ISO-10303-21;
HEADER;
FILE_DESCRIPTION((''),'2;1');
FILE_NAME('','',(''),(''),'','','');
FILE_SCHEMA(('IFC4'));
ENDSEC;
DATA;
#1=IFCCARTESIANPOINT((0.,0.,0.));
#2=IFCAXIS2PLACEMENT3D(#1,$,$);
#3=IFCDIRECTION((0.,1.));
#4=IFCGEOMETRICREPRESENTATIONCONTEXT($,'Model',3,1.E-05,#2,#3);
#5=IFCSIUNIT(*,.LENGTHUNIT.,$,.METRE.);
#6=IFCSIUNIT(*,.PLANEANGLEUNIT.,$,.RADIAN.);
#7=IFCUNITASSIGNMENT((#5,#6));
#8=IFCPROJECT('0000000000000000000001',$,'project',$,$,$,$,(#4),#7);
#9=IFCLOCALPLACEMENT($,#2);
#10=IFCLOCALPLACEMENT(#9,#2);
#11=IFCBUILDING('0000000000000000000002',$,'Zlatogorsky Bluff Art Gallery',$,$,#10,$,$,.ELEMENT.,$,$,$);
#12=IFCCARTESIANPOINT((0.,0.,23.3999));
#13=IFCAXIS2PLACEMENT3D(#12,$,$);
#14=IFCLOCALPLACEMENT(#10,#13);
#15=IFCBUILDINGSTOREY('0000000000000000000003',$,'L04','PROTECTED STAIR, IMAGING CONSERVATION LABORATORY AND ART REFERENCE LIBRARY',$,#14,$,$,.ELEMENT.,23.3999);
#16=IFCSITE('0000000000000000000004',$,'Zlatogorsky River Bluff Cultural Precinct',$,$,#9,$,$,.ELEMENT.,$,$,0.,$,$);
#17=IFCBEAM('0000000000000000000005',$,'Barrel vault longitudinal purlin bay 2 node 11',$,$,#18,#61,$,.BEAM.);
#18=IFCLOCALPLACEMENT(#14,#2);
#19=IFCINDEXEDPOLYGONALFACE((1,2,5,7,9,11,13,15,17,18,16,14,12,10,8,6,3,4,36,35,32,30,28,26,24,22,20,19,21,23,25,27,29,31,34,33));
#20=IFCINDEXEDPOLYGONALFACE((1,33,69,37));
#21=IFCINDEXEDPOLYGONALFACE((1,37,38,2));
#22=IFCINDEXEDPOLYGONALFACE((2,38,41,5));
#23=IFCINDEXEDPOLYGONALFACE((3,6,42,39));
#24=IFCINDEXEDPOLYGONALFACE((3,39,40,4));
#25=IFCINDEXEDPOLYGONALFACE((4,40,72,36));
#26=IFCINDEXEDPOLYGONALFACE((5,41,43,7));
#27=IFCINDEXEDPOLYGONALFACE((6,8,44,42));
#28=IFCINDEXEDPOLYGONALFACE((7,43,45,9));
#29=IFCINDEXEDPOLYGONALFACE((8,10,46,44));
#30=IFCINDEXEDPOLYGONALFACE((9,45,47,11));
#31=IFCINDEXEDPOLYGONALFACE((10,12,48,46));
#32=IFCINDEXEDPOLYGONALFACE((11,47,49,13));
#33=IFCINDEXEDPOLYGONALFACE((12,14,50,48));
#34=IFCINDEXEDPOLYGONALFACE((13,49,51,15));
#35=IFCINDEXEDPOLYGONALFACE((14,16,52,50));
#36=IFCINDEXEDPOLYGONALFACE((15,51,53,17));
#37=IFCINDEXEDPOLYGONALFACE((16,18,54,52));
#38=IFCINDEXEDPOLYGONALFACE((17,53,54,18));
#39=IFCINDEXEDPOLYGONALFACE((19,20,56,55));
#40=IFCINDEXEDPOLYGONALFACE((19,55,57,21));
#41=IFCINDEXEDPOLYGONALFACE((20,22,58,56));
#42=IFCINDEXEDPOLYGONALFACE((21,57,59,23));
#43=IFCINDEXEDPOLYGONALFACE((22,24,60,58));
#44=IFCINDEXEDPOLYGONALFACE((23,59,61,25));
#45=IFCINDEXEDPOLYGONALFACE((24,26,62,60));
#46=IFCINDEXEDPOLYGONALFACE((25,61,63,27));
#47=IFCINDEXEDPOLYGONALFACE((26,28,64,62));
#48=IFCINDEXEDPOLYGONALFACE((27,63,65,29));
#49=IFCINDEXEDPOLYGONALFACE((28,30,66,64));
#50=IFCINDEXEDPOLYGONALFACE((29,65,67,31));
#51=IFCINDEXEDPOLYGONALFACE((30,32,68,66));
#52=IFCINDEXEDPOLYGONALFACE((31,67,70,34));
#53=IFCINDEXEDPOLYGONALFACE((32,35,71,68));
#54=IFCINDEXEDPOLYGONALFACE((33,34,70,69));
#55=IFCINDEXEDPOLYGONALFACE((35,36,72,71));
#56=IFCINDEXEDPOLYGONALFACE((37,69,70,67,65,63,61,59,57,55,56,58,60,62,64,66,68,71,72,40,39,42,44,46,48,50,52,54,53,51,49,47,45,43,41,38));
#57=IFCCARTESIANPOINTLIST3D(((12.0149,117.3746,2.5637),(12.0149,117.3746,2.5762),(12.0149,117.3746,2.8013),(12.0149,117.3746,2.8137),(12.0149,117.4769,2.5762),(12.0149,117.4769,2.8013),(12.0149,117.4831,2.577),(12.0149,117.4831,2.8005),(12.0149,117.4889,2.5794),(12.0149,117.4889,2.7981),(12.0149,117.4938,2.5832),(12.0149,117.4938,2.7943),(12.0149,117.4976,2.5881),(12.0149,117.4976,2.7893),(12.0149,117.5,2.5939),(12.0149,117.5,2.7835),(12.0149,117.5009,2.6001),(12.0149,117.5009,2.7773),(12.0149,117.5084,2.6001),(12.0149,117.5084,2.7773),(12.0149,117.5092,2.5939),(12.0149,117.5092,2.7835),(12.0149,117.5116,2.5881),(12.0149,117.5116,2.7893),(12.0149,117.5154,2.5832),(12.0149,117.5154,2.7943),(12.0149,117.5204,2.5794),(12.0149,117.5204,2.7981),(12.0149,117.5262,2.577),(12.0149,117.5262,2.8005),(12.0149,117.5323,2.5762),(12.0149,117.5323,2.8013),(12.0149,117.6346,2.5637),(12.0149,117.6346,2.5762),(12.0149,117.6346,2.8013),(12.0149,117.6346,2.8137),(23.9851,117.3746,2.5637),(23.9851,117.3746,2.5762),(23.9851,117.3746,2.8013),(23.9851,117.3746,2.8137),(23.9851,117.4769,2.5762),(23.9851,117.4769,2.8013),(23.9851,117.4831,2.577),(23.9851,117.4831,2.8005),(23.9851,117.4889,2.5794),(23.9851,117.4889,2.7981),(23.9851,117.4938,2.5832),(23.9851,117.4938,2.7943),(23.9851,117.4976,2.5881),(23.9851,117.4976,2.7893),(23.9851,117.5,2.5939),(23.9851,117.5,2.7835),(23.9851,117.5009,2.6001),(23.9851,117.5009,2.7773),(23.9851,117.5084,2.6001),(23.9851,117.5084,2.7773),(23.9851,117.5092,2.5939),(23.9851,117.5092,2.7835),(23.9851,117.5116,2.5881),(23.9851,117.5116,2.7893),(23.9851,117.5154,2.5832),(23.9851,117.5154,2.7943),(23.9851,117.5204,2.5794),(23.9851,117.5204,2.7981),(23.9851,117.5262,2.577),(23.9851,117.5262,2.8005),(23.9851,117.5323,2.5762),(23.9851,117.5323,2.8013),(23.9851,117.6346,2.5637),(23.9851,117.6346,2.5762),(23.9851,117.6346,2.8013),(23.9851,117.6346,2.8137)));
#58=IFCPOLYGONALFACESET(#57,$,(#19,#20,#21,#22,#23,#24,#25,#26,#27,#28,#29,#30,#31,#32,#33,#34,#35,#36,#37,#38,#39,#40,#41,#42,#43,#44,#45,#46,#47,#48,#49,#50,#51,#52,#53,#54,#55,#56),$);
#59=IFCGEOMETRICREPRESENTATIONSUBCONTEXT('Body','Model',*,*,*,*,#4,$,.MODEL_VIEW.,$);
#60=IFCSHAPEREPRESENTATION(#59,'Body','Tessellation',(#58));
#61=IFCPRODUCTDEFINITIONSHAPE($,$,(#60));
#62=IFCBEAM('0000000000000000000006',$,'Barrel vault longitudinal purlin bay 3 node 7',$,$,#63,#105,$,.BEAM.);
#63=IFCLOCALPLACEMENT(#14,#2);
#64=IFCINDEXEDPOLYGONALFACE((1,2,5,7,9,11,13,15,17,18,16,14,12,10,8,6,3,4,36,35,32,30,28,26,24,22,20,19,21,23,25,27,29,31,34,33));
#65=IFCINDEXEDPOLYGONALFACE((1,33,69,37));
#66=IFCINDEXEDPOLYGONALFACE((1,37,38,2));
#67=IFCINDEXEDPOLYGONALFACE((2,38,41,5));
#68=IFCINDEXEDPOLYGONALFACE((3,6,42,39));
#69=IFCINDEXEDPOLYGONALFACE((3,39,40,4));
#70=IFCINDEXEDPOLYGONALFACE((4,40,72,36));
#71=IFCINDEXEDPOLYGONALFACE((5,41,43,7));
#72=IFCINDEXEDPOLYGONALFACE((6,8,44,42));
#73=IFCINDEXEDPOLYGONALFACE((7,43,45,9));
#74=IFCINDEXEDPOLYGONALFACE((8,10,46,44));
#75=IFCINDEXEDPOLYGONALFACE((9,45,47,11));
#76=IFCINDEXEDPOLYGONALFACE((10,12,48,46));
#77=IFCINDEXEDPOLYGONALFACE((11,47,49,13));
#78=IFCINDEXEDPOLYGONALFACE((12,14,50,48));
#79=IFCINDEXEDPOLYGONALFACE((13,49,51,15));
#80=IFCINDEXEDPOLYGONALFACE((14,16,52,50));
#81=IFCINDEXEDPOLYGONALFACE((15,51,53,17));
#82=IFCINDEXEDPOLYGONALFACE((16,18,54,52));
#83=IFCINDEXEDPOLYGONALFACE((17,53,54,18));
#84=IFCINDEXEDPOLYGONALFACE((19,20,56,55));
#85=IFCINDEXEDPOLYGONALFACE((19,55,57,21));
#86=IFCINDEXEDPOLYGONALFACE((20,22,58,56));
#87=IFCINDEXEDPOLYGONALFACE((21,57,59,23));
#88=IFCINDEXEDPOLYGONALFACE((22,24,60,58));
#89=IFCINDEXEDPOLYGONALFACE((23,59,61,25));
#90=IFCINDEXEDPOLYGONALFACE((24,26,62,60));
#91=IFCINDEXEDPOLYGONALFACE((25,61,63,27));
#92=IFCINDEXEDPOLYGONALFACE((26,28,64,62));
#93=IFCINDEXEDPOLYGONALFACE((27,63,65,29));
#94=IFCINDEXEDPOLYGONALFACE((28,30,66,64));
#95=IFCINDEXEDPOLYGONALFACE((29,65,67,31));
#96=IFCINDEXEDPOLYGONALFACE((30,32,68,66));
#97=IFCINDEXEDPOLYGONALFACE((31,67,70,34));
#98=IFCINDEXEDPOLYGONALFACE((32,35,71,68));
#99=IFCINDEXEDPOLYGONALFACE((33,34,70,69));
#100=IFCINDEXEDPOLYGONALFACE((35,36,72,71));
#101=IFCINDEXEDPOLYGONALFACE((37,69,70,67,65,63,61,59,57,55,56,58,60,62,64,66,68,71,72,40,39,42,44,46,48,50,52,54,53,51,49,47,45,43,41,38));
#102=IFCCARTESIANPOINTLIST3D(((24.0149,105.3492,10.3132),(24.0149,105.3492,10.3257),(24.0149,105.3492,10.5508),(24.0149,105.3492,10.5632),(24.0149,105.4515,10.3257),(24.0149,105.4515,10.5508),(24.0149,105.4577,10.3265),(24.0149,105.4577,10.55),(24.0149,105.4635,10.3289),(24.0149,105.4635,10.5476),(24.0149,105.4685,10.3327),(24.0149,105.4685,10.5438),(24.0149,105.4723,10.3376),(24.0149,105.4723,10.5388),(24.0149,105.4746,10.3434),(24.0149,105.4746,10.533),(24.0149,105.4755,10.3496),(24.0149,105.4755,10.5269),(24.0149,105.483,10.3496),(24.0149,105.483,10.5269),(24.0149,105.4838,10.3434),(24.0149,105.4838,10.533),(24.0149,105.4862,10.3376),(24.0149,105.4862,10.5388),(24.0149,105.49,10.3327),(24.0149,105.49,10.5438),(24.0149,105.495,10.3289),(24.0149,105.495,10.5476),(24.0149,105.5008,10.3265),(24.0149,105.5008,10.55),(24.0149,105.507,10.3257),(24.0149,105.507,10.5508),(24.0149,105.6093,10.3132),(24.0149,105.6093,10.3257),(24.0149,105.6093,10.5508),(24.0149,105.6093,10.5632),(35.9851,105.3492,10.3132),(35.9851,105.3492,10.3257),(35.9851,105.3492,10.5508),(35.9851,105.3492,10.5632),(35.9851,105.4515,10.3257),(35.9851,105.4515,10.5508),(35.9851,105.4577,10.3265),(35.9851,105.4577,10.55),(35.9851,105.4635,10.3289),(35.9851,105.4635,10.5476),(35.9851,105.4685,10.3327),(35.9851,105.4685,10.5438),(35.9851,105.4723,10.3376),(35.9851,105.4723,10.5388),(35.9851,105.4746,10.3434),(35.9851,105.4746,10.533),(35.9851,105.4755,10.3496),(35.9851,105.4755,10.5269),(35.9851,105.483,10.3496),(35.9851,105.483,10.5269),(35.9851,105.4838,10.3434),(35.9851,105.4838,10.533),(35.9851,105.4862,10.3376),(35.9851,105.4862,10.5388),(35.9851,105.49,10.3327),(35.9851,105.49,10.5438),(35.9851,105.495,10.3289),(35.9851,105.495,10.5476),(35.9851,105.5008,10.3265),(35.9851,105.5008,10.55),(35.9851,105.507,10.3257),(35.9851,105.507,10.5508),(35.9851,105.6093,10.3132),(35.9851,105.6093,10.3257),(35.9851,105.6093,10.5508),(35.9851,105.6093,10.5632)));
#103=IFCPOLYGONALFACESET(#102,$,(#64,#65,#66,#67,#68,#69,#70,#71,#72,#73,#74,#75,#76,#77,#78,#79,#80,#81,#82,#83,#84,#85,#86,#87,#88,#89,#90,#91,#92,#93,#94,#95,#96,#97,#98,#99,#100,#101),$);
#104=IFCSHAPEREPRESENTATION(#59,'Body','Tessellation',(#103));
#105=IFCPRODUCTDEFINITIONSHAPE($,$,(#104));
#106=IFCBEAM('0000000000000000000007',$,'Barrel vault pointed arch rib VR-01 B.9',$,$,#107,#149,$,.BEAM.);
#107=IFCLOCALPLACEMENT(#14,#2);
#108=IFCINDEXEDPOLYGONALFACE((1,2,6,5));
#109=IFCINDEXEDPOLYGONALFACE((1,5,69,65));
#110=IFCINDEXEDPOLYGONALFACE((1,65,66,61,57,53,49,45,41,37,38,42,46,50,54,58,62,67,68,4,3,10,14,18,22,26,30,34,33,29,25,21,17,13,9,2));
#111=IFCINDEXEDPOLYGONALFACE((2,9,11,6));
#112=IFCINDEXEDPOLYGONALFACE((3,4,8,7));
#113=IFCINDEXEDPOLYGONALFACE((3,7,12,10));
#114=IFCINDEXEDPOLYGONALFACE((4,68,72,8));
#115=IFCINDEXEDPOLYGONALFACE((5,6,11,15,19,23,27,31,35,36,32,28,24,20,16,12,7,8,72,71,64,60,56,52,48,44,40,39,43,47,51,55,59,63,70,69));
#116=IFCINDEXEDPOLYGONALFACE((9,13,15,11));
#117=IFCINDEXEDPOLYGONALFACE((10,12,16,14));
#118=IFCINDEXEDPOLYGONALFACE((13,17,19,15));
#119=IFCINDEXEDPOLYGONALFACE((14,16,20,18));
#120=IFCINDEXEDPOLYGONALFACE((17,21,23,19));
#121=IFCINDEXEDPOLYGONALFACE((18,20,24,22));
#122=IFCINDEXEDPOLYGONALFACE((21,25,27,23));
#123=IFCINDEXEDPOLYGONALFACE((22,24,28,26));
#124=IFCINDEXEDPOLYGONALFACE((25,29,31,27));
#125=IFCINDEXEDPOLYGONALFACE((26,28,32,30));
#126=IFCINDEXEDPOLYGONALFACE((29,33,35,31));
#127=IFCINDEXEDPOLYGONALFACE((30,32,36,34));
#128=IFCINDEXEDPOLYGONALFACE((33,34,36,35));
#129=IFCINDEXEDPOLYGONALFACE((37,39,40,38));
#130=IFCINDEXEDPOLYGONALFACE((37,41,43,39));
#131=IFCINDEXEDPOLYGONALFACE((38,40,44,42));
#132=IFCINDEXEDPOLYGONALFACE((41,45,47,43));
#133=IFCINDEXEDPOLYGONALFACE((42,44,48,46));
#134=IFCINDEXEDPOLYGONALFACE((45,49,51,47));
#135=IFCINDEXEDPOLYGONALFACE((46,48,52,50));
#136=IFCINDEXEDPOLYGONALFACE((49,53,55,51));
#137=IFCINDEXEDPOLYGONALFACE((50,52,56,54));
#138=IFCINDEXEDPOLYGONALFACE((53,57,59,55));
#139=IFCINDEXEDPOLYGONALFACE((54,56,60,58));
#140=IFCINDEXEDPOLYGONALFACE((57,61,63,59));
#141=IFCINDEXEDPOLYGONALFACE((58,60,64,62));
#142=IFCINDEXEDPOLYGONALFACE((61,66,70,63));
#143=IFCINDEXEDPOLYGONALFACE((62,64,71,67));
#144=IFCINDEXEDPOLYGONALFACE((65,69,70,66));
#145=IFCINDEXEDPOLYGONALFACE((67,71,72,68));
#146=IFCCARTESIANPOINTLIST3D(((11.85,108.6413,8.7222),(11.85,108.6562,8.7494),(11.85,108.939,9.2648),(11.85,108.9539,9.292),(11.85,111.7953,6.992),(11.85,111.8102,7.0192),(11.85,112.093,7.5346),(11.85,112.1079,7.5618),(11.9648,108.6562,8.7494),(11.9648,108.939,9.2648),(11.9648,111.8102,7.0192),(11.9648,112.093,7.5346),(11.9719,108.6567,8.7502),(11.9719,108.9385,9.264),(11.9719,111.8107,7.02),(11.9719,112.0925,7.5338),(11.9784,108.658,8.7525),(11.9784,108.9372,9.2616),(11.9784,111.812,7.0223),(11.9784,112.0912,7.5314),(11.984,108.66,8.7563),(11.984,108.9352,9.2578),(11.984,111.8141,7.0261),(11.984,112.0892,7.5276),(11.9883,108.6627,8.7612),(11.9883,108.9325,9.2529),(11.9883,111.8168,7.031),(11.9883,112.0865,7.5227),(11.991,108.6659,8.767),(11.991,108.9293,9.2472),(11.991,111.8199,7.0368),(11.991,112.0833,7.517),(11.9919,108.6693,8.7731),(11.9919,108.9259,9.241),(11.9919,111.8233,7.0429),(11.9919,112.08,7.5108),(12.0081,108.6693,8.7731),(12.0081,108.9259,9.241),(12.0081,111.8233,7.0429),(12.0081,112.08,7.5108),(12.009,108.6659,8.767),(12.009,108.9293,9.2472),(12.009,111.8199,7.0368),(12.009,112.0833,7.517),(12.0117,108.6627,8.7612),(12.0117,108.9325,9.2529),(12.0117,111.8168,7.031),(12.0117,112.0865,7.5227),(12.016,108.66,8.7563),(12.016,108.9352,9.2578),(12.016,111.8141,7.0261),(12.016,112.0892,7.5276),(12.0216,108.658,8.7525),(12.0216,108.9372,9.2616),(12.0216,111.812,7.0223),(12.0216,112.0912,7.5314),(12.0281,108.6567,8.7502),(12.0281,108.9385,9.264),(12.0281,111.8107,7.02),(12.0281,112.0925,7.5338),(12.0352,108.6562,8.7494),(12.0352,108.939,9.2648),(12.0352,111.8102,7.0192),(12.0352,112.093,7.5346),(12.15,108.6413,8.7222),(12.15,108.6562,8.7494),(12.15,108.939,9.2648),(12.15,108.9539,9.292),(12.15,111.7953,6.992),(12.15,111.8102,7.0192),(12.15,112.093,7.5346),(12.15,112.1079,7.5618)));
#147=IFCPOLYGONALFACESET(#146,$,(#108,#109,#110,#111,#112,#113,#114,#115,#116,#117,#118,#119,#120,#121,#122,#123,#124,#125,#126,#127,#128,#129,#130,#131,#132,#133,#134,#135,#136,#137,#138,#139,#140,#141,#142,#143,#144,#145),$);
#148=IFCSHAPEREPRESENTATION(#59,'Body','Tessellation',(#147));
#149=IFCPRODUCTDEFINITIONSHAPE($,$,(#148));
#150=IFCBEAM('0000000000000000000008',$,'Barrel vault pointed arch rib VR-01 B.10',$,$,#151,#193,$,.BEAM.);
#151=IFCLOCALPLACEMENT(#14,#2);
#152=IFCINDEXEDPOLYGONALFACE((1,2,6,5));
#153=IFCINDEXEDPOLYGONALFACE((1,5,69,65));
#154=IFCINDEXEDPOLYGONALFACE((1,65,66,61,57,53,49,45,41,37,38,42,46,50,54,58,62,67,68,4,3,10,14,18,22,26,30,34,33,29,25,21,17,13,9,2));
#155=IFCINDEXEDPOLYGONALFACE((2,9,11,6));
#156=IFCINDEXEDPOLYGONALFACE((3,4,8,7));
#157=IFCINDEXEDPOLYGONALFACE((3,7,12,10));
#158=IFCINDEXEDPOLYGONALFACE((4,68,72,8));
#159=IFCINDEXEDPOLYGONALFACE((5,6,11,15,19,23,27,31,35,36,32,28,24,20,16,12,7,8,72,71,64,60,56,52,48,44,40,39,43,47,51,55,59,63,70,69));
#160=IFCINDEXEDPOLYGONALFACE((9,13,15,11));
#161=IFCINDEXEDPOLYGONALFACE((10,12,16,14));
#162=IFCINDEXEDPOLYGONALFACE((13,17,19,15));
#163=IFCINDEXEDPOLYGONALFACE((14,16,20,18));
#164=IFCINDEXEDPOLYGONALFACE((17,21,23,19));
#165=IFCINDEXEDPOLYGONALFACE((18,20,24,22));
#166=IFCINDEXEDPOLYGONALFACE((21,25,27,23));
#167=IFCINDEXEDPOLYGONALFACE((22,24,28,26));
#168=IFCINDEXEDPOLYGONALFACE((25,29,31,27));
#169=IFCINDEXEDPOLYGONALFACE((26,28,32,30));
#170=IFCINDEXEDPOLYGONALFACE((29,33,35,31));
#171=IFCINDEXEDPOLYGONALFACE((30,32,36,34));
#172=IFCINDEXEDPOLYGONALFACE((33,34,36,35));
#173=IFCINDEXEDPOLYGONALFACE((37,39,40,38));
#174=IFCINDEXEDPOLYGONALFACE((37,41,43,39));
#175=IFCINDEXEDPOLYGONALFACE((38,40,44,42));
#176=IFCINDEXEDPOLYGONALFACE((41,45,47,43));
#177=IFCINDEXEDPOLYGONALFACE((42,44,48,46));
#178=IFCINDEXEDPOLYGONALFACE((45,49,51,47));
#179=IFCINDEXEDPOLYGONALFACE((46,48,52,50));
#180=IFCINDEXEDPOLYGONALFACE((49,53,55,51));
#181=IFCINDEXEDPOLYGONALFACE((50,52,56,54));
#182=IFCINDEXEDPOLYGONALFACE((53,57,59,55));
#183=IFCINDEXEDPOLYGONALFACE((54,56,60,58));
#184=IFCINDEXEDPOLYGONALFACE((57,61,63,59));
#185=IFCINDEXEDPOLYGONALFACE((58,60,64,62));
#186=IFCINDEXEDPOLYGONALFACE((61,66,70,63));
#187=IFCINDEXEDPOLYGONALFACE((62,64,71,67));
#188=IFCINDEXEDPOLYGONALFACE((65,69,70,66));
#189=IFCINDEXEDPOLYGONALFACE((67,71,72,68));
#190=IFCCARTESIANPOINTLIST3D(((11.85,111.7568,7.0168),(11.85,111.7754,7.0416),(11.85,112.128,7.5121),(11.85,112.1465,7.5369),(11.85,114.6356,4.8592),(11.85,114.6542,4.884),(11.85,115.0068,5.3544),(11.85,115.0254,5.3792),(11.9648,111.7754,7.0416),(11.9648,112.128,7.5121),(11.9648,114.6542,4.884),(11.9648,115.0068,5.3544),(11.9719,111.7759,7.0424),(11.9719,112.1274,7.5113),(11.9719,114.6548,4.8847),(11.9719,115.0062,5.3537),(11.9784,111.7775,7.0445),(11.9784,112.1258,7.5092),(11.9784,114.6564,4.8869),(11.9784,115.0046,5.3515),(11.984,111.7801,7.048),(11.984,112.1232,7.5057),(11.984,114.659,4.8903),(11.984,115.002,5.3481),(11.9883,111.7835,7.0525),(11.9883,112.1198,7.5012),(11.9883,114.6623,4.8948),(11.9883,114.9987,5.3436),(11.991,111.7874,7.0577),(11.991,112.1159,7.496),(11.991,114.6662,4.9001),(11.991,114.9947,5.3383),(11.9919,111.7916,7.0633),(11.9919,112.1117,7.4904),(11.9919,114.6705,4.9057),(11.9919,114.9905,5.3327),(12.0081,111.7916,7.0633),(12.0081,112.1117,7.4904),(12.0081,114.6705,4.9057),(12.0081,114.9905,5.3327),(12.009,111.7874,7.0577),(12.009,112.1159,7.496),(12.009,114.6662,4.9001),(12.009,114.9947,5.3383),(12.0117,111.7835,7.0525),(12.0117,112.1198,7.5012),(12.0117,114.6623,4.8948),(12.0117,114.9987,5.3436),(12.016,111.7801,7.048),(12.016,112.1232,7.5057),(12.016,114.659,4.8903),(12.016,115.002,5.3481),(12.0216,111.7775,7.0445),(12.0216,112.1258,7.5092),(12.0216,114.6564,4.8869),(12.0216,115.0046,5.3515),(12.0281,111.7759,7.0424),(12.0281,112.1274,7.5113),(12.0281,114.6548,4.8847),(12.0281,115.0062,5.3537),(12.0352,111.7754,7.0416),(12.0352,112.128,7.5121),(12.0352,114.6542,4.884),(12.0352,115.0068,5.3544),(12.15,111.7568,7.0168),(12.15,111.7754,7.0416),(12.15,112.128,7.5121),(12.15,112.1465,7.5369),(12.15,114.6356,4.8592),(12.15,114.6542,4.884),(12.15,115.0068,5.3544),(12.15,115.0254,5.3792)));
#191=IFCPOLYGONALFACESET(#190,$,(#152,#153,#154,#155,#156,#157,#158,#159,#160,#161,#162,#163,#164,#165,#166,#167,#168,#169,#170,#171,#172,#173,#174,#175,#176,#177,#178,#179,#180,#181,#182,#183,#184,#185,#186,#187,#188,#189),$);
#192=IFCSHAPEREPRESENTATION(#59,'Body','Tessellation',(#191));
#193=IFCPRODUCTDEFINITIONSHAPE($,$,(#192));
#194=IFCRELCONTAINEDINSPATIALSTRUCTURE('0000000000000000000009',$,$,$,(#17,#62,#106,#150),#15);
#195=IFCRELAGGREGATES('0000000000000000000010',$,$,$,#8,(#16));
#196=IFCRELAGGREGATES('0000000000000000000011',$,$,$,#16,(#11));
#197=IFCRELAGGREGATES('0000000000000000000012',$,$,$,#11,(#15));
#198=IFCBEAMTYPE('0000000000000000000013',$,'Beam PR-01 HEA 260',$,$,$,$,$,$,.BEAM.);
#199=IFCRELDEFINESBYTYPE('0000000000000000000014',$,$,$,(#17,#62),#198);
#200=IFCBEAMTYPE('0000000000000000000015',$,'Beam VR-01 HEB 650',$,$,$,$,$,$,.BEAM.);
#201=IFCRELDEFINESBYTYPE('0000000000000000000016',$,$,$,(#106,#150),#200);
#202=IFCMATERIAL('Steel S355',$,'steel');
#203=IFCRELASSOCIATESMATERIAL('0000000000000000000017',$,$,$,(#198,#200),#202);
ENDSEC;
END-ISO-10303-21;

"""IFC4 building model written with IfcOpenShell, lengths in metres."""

from ifc_helpers import new_model, si_unit, direction, frame, origin, origin_2d, place, context, subcontext, project, spatial, i_section, extrude, material, material_profile, profile_set, type_object, element, save


model = new_model("IFC4")

# Units and contexts
model_context = context("Model", 3, precision=1e-05, world=origin(), true_north=direction((0.0, 1.0)))
body_context = subcontext(model_context, "Body", "Model", "MODEL_VIEW")
ifc_project = project(units=[si_unit("LENGTHUNIT", "METRE"), si_unit("PLANEANGLEUNIT", "RADIAN")], contexts=[model_context])

# Site, building, storey
site_placement = place(None, origin())
site = spatial("IfcSite", under=ifc_project, at=site_placement, Name="Zlatogorsky River Bluff Cultural Precinct", CompositionType="ELEMENT", RefElevation=0.0)
building_placement = place(site_placement, origin())
building = spatial("IfcBuilding", under=site, at=building_placement, Name="Zlatogorsky Bluff Art Gallery", CompositionType="ELEMENT")
storey_placement = place(building_placement, frame((0.0, 0.0, 23.3999)))
storey = spatial("IfcBuildingStorey", under=building, at=storey_placement, Name="L04", Description="PROTECTED STAIR, IMAGING CONSERVATION LABORATORY AND ART REFERENCE LIBRARY", CompositionType="ELEMENT", Elevation=23.3999)

# Beams
ifc_material_1 = material(Name="Steel S355", Category="steel")
ifc_material_profile_1 = material_profile(ifc_material_1, i_section(OverallWidth=0.26, OverallDepth=0.25, WebThickness=0.0076, FlangeThickness=0.0125, FilletRadius=0.0239, at=origin_2d()), Name="HEA 260")
ifc_profile_set_1 = profile_set([ifc_material_profile_1], Name="Steel S355")
beam_type_1 = type_object("IfcBeamType", Name="Beam PR-01 HEA 260", PredefinedType="BEAM", material=ifc_profile_set_1)
for number, where, z_axis, x_axis, name in (
    (1, (12.0149, 117.5046, 2.6887), (1.0, 0.0, 0.0), (0.0, 1.0, 0.0), "Barrel vault longitudinal purlin bay 2 node 11"),
    (2, (24.0149, 105.4792, 10.4382), (1.0, 0.0, 0.0), (0.0, 1.0, 0.0), "Barrel vault longitudinal purlin bay 3 node 7"),
):
    element("IfcBeam", number, at=place(storey_placement, frame(where, z_axis=z_axis, x_axis=x_axis)), inside=storey, type_object=beam_type_1, Name=name, PredefinedType="BEAM", context=body_context, shape_type="SweptSolid", body=[
        extrude(i_section(OverallWidth=0.26, OverallDepth=0.25, WebThickness=0.0076, FlangeThickness=0.0125, FilletRadius=0.0239, at=origin_2d()), origin(), (0.0, 0.0, 1.0), 11.9702),
    ])
ifc_material_profile_2 = material_profile(ifc_material_1, i_section(OverallWidth=0.3, OverallDepth=0.6499, WebThickness=0.0161, FlangeThickness=0.031, FilletRadius=0.0271, at=origin_2d()), Name="HEB 650")
ifc_profile_set_2 = profile_set([ifc_material_profile_2], Name="Steel S355")
beam_type_2 = type_object("IfcBeamType", Name="Beam VR-01 HEB 650", PredefinedType="BEAM", material=ifc_profile_set_2)
beam_1_placement = place(storey_placement, frame((12.0, 108.7976, 9.0071), z_axis=(0.0, 0.876744, -0.480957), x_axis=(-1.0, 0.0, 0.0)))
element("IfcBeam", 3, at=beam_1_placement, inside=storey, type_object=beam_type_2, Name="Barrel vault pointed arch rib VR-01 B.9", PredefinedType="BEAM", context=body_context, shape_type="SweptSolid", body=[
    extrude(i_section(OverallWidth=0.3, OverallDepth=0.6499, WebThickness=0.0161, FlangeThickness=0.031, FilletRadius=0.0271, at=origin_2d()), origin(), (0.0, 0.0, 1.0), 3.5974),
])
beam_2_placement = place(storey_placement, frame((12.0, 111.9517, 7.2769), z_axis=(0.0, 0.800195, -0.599739), x_axis=(-1.0, 0.0, 0.0)))
element("IfcBeam", 4, at=beam_2_placement, inside=storey, type_object=beam_type_2, Name="Barrel vault pointed arch rib VR-01 B.10", PredefinedType="BEAM", context=body_context, shape_type="SweptSolid", body=[
    extrude(i_section(OverallWidth=0.3, OverallDepth=0.6499, WebThickness=0.0161, FlangeThickness=0.031, FilletRadius=0.0271, at=origin_2d()), origin(), (0.0, 0.0, 1.0), 3.5977),
])

save(model, "model.ifc")
